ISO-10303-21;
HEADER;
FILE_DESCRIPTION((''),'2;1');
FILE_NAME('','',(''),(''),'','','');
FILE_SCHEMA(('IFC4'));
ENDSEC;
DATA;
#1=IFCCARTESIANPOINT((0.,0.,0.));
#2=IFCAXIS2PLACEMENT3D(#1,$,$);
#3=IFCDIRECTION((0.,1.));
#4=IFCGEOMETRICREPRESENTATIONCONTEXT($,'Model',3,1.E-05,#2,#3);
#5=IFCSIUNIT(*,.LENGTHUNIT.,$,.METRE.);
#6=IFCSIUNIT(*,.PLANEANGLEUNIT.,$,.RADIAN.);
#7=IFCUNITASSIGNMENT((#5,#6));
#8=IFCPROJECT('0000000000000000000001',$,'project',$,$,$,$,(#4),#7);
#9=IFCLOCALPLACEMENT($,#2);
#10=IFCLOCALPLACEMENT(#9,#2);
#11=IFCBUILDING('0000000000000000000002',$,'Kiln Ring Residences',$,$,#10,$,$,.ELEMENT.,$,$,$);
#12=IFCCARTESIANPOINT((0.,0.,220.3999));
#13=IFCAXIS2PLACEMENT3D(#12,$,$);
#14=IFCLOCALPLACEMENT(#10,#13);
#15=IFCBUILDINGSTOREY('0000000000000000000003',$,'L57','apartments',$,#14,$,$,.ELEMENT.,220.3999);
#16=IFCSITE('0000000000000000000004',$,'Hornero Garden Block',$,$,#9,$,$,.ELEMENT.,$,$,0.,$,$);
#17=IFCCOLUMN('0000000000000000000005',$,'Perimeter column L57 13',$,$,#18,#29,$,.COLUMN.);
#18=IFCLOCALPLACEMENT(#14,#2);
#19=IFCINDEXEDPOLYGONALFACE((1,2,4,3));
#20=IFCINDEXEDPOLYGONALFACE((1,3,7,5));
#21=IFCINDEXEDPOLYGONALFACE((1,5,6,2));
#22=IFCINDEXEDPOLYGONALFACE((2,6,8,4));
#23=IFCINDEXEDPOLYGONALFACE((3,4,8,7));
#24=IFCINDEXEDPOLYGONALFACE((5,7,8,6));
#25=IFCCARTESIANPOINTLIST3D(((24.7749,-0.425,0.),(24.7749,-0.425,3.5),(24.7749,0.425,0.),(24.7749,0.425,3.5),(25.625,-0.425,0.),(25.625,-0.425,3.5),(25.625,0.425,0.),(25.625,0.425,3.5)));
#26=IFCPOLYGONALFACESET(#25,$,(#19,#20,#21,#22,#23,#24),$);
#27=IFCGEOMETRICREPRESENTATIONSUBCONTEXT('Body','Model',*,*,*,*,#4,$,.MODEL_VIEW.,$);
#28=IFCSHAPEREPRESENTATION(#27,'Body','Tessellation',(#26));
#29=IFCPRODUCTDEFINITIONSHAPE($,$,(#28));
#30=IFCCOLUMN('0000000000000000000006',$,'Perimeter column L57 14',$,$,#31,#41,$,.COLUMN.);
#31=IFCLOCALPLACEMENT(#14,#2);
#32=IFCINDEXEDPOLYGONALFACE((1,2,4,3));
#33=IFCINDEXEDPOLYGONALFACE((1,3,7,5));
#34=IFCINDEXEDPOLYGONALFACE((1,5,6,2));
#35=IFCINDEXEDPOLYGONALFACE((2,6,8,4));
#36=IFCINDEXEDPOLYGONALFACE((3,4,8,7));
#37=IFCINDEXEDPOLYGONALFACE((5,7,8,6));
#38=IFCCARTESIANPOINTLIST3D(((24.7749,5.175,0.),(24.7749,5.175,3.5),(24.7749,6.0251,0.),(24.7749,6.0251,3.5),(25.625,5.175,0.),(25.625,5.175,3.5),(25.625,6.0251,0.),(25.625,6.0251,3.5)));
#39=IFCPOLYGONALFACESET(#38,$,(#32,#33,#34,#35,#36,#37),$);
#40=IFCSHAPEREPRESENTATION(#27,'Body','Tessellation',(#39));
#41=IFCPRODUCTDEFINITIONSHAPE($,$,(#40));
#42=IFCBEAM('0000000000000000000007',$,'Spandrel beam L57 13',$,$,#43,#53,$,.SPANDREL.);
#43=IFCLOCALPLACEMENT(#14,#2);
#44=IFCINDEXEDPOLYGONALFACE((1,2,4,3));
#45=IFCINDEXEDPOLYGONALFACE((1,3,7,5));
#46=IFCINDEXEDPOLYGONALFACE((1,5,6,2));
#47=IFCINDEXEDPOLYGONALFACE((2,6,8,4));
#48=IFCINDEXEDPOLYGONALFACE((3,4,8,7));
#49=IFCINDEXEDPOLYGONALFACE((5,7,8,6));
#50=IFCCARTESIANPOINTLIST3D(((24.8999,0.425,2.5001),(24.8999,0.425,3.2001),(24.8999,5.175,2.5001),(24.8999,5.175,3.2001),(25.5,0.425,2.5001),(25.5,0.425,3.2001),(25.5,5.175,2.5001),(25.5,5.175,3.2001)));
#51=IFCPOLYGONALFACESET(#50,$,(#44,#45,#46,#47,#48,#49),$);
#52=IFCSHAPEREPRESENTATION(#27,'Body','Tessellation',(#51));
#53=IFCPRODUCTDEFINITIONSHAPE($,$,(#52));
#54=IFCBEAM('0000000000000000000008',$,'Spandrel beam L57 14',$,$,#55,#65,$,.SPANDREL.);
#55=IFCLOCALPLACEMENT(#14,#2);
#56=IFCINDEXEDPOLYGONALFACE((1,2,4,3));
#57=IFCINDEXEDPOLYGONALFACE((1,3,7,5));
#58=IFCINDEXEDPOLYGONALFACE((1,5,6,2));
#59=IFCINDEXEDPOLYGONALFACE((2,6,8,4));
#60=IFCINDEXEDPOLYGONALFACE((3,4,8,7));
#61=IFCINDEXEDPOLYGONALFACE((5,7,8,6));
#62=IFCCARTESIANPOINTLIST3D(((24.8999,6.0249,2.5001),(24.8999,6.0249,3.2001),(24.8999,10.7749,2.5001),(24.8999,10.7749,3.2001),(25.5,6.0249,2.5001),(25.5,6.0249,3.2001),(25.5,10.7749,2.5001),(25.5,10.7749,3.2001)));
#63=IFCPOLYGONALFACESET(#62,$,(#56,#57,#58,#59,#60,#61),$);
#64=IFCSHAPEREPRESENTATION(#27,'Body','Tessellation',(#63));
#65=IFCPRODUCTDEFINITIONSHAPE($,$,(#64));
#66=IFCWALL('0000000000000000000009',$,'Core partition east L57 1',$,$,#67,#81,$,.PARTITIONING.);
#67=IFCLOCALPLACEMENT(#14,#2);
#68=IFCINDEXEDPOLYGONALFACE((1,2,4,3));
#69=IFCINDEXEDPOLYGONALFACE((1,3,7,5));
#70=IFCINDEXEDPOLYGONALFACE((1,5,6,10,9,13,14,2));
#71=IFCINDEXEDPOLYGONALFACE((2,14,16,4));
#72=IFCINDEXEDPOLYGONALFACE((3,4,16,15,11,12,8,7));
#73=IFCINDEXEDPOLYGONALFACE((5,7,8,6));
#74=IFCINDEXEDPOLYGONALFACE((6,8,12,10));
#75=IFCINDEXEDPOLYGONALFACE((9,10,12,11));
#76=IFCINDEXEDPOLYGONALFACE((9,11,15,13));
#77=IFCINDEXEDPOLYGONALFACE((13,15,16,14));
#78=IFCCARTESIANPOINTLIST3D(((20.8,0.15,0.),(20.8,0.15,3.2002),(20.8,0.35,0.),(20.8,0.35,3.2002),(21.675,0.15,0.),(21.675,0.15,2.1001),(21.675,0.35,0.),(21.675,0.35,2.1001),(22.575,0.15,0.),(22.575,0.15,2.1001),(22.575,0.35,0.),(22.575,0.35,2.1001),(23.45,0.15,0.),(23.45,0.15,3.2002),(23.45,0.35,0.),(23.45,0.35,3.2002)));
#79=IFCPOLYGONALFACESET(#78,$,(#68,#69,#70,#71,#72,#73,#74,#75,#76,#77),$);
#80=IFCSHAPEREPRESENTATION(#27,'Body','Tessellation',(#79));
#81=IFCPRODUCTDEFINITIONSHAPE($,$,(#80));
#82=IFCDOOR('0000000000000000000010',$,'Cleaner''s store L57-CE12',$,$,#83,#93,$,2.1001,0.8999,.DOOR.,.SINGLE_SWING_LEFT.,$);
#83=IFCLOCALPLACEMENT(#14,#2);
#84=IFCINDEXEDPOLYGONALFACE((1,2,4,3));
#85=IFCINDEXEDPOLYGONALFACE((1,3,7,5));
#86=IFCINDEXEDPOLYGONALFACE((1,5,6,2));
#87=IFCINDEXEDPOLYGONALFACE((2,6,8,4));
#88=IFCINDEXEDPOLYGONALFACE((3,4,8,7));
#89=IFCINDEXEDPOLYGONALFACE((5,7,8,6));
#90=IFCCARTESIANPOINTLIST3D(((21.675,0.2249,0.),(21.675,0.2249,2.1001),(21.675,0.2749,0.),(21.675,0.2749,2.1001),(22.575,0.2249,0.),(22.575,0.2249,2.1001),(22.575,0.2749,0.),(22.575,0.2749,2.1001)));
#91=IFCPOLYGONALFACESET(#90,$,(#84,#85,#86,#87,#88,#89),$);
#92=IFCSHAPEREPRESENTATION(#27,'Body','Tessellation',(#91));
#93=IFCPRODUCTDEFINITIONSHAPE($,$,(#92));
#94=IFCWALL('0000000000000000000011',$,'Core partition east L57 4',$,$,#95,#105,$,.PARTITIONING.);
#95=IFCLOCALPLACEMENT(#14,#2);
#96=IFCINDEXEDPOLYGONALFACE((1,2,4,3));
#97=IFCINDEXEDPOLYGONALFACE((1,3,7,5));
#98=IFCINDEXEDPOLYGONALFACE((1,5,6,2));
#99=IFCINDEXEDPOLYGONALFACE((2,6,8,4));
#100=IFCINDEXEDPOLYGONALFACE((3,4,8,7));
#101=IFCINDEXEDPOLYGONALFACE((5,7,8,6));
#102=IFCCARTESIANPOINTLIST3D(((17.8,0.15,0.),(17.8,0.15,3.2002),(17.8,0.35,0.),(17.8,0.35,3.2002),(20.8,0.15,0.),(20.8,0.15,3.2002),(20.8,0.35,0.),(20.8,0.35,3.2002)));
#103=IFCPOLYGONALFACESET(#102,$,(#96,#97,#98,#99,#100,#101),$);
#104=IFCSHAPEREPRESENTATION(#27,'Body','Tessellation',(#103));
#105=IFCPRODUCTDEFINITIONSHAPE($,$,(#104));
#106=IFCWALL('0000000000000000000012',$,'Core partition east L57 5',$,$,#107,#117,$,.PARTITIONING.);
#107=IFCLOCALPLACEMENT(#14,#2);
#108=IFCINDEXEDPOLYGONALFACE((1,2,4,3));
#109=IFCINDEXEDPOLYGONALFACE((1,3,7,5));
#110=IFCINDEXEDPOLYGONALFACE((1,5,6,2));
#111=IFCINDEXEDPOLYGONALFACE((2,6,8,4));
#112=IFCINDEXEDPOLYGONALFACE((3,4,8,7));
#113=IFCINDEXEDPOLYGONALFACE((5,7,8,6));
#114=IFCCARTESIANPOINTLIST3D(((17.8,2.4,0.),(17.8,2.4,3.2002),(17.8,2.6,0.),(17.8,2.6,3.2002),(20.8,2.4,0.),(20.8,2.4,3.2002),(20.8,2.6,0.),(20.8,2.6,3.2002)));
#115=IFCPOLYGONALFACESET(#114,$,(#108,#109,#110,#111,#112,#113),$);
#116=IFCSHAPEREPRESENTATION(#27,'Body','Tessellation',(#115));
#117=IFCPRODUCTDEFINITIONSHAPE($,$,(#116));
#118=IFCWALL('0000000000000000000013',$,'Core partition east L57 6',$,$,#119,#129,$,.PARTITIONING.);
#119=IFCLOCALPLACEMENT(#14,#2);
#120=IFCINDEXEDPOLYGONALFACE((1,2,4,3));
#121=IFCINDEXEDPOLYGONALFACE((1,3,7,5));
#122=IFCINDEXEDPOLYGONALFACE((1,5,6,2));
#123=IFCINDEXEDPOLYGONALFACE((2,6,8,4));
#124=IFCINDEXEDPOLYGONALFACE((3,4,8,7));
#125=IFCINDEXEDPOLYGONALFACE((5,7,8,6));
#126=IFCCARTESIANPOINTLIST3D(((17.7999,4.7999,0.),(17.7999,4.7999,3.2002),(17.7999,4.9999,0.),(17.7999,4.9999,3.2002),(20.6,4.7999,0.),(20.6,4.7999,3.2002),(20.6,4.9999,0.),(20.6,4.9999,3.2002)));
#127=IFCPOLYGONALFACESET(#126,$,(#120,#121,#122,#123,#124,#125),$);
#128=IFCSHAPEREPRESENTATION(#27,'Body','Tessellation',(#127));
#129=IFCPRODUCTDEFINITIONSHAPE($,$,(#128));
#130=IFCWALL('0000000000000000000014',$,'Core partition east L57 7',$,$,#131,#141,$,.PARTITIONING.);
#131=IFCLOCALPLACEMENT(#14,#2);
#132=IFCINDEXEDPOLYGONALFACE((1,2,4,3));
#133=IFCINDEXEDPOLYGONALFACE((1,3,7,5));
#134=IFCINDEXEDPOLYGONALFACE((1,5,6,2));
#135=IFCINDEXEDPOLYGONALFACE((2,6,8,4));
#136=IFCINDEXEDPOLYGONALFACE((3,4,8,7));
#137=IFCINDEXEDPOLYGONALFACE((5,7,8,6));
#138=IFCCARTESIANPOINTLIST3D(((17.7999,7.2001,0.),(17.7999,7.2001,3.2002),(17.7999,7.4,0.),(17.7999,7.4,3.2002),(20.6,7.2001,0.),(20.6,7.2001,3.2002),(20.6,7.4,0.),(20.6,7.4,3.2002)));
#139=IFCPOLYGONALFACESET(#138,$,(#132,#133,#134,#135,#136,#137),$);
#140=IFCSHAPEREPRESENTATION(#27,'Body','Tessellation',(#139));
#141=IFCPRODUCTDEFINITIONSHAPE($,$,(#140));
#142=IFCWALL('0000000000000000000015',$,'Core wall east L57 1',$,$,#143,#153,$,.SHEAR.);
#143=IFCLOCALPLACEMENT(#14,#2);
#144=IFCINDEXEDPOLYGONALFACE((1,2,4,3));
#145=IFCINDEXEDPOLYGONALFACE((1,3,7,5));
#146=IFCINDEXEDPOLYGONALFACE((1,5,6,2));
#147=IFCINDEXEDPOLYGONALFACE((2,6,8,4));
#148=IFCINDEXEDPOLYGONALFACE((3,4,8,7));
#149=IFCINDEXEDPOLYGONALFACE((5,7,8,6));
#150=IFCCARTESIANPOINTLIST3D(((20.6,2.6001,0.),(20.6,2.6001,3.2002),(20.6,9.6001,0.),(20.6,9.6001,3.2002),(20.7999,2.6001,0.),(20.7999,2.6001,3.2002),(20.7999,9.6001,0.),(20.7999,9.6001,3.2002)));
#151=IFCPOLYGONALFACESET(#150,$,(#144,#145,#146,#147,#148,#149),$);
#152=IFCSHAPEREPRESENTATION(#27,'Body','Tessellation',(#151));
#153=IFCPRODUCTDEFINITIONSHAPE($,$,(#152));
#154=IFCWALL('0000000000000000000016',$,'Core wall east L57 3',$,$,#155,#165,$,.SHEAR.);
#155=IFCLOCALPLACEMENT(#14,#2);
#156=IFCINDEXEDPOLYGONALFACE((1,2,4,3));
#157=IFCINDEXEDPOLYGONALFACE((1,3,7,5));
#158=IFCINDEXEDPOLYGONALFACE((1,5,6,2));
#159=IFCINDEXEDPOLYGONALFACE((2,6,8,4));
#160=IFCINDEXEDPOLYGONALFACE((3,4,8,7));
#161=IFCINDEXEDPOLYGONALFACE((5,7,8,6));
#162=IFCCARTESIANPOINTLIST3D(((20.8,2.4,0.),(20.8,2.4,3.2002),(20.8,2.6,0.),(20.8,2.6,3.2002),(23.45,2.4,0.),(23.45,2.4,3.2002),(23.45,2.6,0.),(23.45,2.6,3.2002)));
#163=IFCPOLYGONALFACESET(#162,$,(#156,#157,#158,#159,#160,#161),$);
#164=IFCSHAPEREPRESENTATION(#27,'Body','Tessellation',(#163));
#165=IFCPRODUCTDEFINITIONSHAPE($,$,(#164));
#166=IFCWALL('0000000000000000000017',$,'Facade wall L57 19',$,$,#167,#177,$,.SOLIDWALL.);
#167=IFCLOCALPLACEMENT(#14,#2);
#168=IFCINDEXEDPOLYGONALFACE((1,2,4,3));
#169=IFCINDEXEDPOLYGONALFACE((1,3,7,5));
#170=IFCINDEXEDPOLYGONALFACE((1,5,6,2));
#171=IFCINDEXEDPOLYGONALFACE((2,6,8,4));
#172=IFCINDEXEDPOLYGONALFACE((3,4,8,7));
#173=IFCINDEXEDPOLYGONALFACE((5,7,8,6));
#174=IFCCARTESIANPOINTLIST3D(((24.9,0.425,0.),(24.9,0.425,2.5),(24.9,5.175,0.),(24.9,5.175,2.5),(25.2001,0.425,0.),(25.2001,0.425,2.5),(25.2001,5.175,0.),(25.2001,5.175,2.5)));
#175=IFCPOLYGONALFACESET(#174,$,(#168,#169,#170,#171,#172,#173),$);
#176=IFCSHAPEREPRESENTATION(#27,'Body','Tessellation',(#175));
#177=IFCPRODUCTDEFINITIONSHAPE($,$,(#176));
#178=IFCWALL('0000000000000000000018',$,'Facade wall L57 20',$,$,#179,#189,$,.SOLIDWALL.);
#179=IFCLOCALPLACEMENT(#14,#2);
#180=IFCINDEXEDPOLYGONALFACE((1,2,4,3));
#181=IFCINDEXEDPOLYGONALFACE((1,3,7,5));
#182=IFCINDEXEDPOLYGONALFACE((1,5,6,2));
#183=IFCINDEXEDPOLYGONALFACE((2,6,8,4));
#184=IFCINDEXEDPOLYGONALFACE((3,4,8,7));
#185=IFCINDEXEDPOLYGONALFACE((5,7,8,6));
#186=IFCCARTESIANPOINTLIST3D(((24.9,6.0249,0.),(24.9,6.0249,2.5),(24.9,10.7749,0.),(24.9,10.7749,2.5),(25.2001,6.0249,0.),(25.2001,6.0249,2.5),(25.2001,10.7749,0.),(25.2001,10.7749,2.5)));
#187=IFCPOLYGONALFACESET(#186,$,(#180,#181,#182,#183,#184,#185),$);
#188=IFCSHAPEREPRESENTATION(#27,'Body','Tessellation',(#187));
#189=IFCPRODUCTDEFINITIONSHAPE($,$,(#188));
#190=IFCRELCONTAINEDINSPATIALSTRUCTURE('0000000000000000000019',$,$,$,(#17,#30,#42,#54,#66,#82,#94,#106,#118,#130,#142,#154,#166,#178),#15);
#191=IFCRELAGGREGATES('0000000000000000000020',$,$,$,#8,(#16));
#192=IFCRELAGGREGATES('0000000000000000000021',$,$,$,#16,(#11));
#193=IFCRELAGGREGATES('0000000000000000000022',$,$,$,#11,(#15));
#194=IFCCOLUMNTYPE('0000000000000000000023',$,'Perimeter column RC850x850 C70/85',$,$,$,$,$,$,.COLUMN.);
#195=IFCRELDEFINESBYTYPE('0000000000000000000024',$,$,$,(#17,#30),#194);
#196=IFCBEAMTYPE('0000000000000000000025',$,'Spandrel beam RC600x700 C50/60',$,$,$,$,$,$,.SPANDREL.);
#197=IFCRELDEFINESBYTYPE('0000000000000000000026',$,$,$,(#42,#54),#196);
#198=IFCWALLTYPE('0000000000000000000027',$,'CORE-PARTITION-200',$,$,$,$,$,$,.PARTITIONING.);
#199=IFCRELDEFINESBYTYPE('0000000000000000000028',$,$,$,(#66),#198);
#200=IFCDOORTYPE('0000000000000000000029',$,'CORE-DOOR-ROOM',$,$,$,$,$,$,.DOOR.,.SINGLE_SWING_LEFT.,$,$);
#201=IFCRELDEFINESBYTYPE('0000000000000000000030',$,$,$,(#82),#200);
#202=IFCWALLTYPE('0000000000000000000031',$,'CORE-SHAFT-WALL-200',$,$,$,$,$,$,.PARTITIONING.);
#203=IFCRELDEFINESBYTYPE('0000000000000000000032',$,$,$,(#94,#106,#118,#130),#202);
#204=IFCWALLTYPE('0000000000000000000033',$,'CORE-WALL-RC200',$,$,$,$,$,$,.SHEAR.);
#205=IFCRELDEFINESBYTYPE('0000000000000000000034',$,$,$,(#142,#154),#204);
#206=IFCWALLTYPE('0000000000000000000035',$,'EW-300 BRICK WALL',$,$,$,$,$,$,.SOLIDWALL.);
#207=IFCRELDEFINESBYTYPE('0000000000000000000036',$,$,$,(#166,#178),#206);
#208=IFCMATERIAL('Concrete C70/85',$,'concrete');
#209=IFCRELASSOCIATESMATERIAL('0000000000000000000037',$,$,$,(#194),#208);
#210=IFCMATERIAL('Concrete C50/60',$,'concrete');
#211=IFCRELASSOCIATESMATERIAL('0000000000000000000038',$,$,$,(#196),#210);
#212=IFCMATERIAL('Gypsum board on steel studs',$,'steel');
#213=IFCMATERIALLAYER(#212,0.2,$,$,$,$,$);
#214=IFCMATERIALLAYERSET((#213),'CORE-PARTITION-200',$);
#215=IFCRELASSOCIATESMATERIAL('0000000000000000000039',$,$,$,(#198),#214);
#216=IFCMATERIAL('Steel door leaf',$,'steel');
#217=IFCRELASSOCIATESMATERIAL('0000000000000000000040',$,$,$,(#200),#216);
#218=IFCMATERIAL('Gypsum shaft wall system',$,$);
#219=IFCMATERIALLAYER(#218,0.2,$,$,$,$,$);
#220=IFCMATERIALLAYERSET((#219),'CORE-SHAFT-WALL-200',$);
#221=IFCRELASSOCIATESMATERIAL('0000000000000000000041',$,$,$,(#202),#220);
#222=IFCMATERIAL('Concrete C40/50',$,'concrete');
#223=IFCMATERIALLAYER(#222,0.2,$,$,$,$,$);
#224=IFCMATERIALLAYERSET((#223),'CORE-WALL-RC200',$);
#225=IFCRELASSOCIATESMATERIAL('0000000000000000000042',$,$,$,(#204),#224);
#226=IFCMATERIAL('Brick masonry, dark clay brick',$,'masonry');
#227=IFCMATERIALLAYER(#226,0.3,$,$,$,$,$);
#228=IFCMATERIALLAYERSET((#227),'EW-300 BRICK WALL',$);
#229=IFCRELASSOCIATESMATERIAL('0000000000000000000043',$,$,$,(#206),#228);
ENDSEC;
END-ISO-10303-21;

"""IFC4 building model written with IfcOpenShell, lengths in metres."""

from ifc_helpers import new_model, si_unit, direction, frame, frame_2d, origin, origin_2d, place, context, subcontext, project, spatial, rectangle, extrude, material, layer, layer_set, material_profile, profile_set, type_object, element, fill, save


model = new_model("IFC4")

# Units and contexts
model_context = context("Model", 3, precision=1e-05, world=origin(), true_north=direction((0.0, 1.0)))
body_context = subcontext(model_context, "Body", "Model", "MODEL_VIEW")
ifc_project = project(units=[si_unit("LENGTHUNIT", "METRE"), si_unit("PLANEANGLEUNIT", "RADIAN")], contexts=[model_context])

# Site, building, storey
site_placement = place(None, origin())
site = spatial("IfcSite", under=ifc_project, at=site_placement, Name="Hornero Garden Block", CompositionType="ELEMENT", RefElevation=0.0)
building_placement = place(site_placement, origin())
building = spatial("IfcBuilding", under=site, at=building_placement, Name="Kiln Ring Residences", CompositionType="ELEMENT")
storey_placement = place(building_placement, frame((0.0, 0.0, 220.3999)))
storey = spatial("IfcBuildingStorey", under=building, at=storey_placement, Name="L57", Description="apartments", CompositionType="ELEMENT", Elevation=220.3999)

# Columns
ifc_material_1 = material(Name="Concrete C70/85", Category="concrete")
ifc_material_profile_1 = material_profile(ifc_material_1, rectangle(XDim=0.8501, YDim=0.8501, at=origin_2d()), Name="RC850x850")
ifc_profile_set_1 = profile_set([ifc_material_profile_1], Name="Concrete C70/85")
column_type = type_object("IfcColumnType", Name="Perimeter column RC850x850 C70/85", PredefinedType="COLUMN", material=ifc_profile_set_1)
for number, where, z_axis, x_axis, name in (
    (1, (25.2, 0.0, 0.0), (0.0, 0.0, 1.0), (1.0, 0.0, 0.0), "Perimeter column L57 13"),
    (2, (25.2, 5.6001, 0.0), (0.0, 0.0, 1.0), (1.0, 0.0, 0.0), "Perimeter column L57 14"),
):
    element("IfcColumn", number, at=place(storey_placement, frame(where, z_axis=z_axis, x_axis=x_axis)), inside=storey, type_object=column_type, Name=name, PredefinedType="COLUMN", context=body_context, shape_type="SweptSolid", body=[
        extrude(rectangle(XDim=0.8501, YDim=0.8501, at=origin_2d()), origin(), (0.0, 0.0, 1.0), 3.5),
    ])

# Beams
ifc_material_2 = material(Name="Concrete C50/60", Category="concrete")
ifc_material_profile_2 = material_profile(ifc_material_2, rectangle(XDim=0.6001, YDim=0.7, at=origin_2d()), Name="RC600x700")
ifc_profile_set_2 = profile_set([ifc_material_profile_2], Name="Concrete C50/60")
beam_type = type_object("IfcBeamType", Name="Spandrel beam RC600x700 C50/60", PredefinedType="SPANDREL", material=ifc_profile_set_2)
for number, where, z_axis, x_axis, name in (
    (3, (25.2, 0.425, 2.8501), (0.0, 1.0, 0.0), (-1.0, 0.0, 0.0), "Spandrel beam L57 13"),
    (4, (25.2, 6.0249, 2.8501), (0.0, 1.0, 0.0), (-1.0, 0.0, 0.0), "Spandrel beam L57 14"),
):
    element("IfcBeam", number, at=place(storey_placement, frame(where, z_axis=z_axis, x_axis=x_axis)), inside=storey, type_object=beam_type, Name=name, PredefinedType="SPANDREL", context=body_context, shape_type="SweptSolid", body=[
        extrude(rectangle(XDim=0.6001, YDim=0.7, at=origin_2d()), origin(), (0.0, 0.0, 1.0), 4.75),
    ])

# Wall, opening, door
ifc_material_3 = material(Name="Gypsum board on steel studs", Category="steel")
ifc_layer_1 = layer(ifc_material_3, 0.2)
ifc_layer_set_1 = layer_set([ifc_layer_1], Name="CORE-PARTITION-200")
wall_type_1 = type_object("IfcWallType", Name="CORE-PARTITION-200", PredefinedType="PARTITIONING", material=ifc_layer_set_1)
wall_1_placement = place(storey_placement, frame((20.8, 0.25, 0.0), z_axis=(0.0, 0.0, 1.0), x_axis=(1.0, 0.0, 0.0)))
wall_1 = element("IfcWall", 5, at=wall_1_placement, inside=storey, type_object=wall_type_1, Name="Core partition east L57 1", PredefinedType="PARTITIONING", context=body_context, shape_type="SweptSolid", body=[
    extrude(rectangle(XDim=2.6499, YDim=0.2, at=frame_2d((1.325, 0.0))), origin(), (0.0, 0.0, 1.0), 3.2002),
])
opening_placement = place(wall_1_placement, frame((0.875, 0.0, 0.0)))
opening = element("IfcOpeningElement", 6, at=opening_placement, cuts=wall_1, PredefinedType="OPENING", context=body_context, shape_type="SweptSolid", body=[
    extrude(rectangle(XDim=0.8999, YDim=2.1001, at=frame_2d((0.45, 1.05))), frame((0.0, 0.1099, 0.0), z_axis=(0.0, -1.0, 0.0), x_axis=(1.0, 0.0, 0.0)), (0.0, 0.0, 1.0), 0.22),
])
ifc_material_4 = material(Name="Steel door leaf", Category="steel")
door_type = type_object("IfcDoorType", Name="CORE-DOOR-ROOM", OperationType="SINGLE_SWING_LEFT", PredefinedType="DOOR", material=ifc_material_4)
door_placement = place(opening_placement, origin())
door = element("IfcDoor", 7, at=door_placement, inside=storey, type_object=door_type, Name="Cleaner's store L57-CE12", OperationType="SINGLE_SWING_LEFT", OverallHeight=2.1001, OverallWidth=0.8999, PredefinedType="DOOR", context=body_context, shape_type="SweptSolid", body=[
    extrude(rectangle(XDim=0.8999, YDim=2.1001, at=frame_2d((0.45, 1.05))), frame((0.0, 0.0249, 0.0), z_axis=(0.0, -1.0, 0.0), x_axis=(1.0, 0.0, 0.0)), (0.0, 0.0, 1.0), 0.05),
])
fill(opening, door)

# Walls
ifc_material_5 = material(Name="Gypsum shaft wall system")
ifc_layer_2 = layer(ifc_material_5, 0.2)
ifc_layer_set_2 = layer_set([ifc_layer_2], Name="CORE-SHAFT-WALL-200")
wall_type_2 = type_object("IfcWallType", Name="CORE-SHAFT-WALL-200", PredefinedType="PARTITIONING", material=ifc_layer_set_2)
for number, where, z_axis, x_axis, name in (
    (8, (17.8, 0.25, 0.0), (0.0, 0.0, 1.0), (1.0, 0.0, 0.0), "Core partition east L57 4"),
    (9, (17.8, 2.5, 0.0), (0.0, 0.0, 1.0), (1.0, 0.0, 0.0), "Core partition east L57 5"),
):
    element("IfcWall", number, at=place(storey_placement, frame(where, z_axis=z_axis, x_axis=x_axis)), inside=storey, type_object=wall_type_2, Name=name, PredefinedType="PARTITIONING", context=body_context, shape_type="SweptSolid", body=[
        extrude(rectangle(XDim=3.0, YDim=0.2, at=frame_2d((1.5, 0.0))), origin(), (0.0, 0.0, 1.0), 3.2002),
    ])
for number, where, z_axis, x_axis, name in (
    (10, (17.8, 4.8999, 0.0), (0.0, 0.0, 1.0), (1.0, 0.0, 0.0), "Core partition east L57 6"),
    (11, (17.8, 7.3, 0.0), (0.0, 0.0, 1.0), (1.0, 0.0, 0.0), "Core partition east L57 7"),
):
    element("IfcWall", number, at=place(storey_placement, frame(where, z_axis=z_axis, x_axis=x_axis)), inside=storey, type_object=wall_type_2, Name=name, PredefinedType="PARTITIONING", context=body_context, shape_type="SweptSolid", body=[
        extrude(rectangle(XDim=2.8, YDim=0.2, at=frame_2d((1.3999, 0.0))), origin(), (0.0, 0.0, 1.0), 3.2002),
    ])
ifc_material_6 = material(Name="Concrete C40/50", Category="concrete")
ifc_layer_3 = layer(ifc_material_6, 0.2)
ifc_layer_set_3 = layer_set([ifc_layer_3], Name="CORE-WALL-RC200")
wall_type_3 = type_object("IfcWallType", Name="CORE-WALL-RC200", PredefinedType="SHEAR", material=ifc_layer_set_3)
wall_2_placement = place(storey_placement, frame((20.7, 2.6001, 0.0), z_axis=(0.0, 0.0, 1.0), x_axis=(0.0, 1.0, 0.0)))
element("IfcWall", 12, at=wall_2_placement, inside=storey, type_object=wall_type_3, Name="Core wall east L57 1", PredefinedType="SHEAR", context=body_context, shape_type="SweptSolid", body=[
    extrude(rectangle(XDim=7.0, YDim=0.2, at=frame_2d((3.5, 0.0))), origin(), (0.0, 0.0, 1.0), 3.2002),
])
wall_3_placement = place(storey_placement, frame((20.8, 2.5, 0.0), z_axis=(0.0, 0.0, 1.0), x_axis=(1.0, 0.0, 0.0)))
element("IfcWall", 13, at=wall_3_placement, inside=storey, type_object=wall_type_3, Name="Core wall east L57 3", PredefinedType="SHEAR", context=body_context, shape_type="SweptSolid", body=[
    extrude(rectangle(XDim=2.6499, YDim=0.2, at=frame_2d((1.325, 0.0))), origin(), (0.0, 0.0, 1.0), 3.2002),
])
ifc_material_7 = material(Name="Brick masonry, dark clay brick", Category="masonry")
ifc_layer_4 = layer(ifc_material_7, 0.3)
ifc_layer_set_4 = layer_set([ifc_layer_4], Name="EW-300 BRICK WALL")
wall_type_4 = type_object("IfcWallType", Name="EW-300 BRICK WALL", PredefinedType="SOLIDWALL", material=ifc_layer_set_4)
for number, where, z_axis, x_axis, name in (
    (14, (25.05, 0.425, 0.0), (0.0, 0.0, 1.0), (0.0, 1.0, 0.0), "Facade wall L57 19"),
    (15, (25.05, 6.0249, 0.0), (0.0, 0.0, 1.0), (0.0, 1.0, 0.0), "Facade wall L57 20"),
):
    element("IfcWall", number, at=place(storey_placement, frame(where, z_axis=z_axis, x_axis=x_axis)), inside=storey, type_object=wall_type_4, Name=name, PredefinedType="SOLIDWALL", context=body_context, shape_type="SweptSolid", body=[
        extrude(rectangle(XDim=4.75, YDim=0.3, at=frame_2d((2.375, 0.0))), origin(), (0.0, 0.0, 1.0), 2.5),
    ])

save(model, "model.ifc")
